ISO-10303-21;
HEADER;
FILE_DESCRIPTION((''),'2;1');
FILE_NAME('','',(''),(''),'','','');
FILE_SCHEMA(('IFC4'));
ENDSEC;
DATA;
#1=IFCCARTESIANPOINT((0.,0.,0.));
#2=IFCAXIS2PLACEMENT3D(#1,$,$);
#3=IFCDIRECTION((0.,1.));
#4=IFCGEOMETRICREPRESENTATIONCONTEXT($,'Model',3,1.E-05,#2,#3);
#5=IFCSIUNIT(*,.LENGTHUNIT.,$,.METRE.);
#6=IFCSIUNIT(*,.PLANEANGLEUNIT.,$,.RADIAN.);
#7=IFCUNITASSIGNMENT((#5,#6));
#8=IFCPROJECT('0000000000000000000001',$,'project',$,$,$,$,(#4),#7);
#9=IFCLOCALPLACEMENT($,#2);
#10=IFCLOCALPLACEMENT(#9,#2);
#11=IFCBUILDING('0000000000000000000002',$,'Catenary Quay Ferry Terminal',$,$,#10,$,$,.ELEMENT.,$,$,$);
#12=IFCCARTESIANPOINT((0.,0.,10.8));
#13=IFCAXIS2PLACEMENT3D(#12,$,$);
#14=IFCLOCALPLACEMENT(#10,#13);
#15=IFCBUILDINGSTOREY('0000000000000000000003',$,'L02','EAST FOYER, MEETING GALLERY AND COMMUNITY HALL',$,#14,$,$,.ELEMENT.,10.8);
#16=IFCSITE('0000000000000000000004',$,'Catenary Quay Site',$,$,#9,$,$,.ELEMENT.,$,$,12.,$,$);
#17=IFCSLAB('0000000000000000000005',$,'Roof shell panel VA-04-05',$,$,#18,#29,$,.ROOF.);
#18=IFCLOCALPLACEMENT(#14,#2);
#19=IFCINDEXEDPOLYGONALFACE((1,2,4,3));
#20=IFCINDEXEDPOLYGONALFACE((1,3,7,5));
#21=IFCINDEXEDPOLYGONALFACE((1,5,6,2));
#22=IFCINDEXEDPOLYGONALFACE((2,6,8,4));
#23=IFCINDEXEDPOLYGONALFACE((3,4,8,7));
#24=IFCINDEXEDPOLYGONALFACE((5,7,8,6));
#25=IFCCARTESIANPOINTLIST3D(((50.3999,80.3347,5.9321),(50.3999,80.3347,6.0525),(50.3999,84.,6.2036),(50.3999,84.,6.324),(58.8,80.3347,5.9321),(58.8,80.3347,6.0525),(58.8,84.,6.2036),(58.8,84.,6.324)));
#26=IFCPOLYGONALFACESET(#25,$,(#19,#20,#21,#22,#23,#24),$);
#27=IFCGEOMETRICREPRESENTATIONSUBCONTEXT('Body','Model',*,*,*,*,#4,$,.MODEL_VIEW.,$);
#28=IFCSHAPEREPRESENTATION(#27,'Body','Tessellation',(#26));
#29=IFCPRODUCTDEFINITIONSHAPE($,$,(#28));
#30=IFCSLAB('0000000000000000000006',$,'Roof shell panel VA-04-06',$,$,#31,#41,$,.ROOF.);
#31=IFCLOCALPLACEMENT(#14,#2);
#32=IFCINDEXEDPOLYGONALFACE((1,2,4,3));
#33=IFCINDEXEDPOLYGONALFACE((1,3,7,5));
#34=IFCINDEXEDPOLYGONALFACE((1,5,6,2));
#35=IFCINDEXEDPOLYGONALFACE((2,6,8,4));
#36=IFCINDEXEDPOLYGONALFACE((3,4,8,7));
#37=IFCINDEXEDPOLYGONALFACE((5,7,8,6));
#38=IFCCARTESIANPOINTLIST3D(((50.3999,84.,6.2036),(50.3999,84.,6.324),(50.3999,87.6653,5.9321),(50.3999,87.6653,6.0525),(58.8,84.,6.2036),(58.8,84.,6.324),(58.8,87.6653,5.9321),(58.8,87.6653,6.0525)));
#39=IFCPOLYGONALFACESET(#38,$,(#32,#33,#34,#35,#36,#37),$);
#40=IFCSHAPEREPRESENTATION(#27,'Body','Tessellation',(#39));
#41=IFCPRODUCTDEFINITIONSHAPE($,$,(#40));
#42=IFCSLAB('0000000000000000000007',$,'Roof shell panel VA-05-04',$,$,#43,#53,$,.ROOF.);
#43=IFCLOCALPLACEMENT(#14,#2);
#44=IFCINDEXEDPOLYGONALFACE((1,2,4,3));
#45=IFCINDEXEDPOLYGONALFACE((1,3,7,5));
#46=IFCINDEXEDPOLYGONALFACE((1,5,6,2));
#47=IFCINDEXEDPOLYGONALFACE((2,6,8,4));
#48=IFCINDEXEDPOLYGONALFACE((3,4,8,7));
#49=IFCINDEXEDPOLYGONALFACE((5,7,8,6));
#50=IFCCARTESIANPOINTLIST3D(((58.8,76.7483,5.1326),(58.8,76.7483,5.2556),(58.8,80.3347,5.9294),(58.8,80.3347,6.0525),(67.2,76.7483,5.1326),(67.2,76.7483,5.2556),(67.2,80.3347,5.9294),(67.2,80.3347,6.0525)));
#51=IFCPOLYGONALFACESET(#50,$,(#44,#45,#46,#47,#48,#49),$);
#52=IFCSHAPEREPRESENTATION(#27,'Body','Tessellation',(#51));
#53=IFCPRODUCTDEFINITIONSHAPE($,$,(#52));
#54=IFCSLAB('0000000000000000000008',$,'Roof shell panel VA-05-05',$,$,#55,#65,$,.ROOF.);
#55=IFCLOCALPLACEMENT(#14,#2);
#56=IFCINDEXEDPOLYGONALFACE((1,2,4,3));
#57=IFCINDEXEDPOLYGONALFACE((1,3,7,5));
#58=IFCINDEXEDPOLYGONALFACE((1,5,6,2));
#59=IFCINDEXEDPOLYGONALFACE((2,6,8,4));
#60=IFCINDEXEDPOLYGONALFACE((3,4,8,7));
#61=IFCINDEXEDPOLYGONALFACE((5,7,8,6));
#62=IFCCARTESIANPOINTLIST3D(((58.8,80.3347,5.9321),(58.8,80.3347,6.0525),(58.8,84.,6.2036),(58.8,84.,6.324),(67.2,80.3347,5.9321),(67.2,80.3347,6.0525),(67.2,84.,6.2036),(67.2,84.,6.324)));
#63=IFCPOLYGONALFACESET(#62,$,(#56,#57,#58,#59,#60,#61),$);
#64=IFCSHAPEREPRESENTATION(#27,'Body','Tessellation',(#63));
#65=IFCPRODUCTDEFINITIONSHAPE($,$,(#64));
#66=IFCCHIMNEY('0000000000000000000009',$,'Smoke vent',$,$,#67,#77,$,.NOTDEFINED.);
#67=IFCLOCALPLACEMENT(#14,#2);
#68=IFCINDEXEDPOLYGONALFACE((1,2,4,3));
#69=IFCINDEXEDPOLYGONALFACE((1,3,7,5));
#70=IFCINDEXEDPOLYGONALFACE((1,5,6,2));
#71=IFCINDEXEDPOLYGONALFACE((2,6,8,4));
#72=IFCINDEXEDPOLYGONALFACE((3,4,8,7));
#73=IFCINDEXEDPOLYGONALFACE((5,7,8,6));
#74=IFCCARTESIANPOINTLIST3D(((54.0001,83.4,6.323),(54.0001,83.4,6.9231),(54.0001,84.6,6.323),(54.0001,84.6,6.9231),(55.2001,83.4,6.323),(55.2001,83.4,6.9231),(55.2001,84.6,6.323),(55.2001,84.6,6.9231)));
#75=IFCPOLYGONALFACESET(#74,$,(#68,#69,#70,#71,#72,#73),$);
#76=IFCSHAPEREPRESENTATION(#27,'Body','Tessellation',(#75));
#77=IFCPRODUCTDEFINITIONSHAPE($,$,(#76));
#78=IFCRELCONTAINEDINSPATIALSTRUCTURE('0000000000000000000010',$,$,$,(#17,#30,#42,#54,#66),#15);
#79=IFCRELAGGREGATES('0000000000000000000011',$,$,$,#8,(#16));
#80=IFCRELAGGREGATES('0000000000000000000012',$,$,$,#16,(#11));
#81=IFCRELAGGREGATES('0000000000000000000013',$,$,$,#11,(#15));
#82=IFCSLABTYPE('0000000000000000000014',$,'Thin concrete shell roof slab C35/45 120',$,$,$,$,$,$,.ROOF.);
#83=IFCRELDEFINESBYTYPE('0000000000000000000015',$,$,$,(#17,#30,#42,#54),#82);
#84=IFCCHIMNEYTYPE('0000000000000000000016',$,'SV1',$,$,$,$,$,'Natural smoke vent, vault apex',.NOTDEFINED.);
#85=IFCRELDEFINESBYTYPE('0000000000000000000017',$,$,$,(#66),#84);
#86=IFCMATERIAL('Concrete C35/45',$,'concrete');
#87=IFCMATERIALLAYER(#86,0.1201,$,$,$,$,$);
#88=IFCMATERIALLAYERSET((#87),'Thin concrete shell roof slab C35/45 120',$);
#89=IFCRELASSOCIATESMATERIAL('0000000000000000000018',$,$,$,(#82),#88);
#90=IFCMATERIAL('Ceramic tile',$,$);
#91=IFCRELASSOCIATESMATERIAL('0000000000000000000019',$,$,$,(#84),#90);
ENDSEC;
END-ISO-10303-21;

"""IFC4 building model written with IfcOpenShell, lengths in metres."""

from ifc_helpers import new_model, si_unit, direction, frame, origin, origin_2d, place, context, subcontext, project, spatial, polyline, rectangle, outline, extrude, material, layer, layer_set, type_object, element, save


model = new_model("IFC4")

# Units and contexts
model_context = context("Model", 3, precision=1e-05, world=origin(), true_north=direction((0.0, 1.0)))
body_context = subcontext(model_context, "Body", "Model", "MODEL_VIEW")
ifc_project = project(units=[si_unit("LENGTHUNIT", "METRE"), si_unit("PLANEANGLEUNIT", "RADIAN")], contexts=[model_context])

# Site, building, storey
site_placement = place(None, origin())
site = spatial("IfcSite", under=ifc_project, at=site_placement, Name="Catenary Quay Site", CompositionType="ELEMENT", RefElevation=12.0)
building_placement = place(site_placement, origin())
building = spatial("IfcBuilding", under=site, at=building_placement, Name="Catenary Quay Ferry Terminal", CompositionType="ELEMENT")
storey_placement = place(building_placement, frame((0.0, 0.0, 10.8)))
storey = spatial("IfcBuildingStorey", under=building, at=storey_placement, Name="L02", Description="EAST FOYER, MEETING GALLERY AND COMMUNITY HALL", CompositionType="ELEMENT", Elevation=10.8)

# Slabs
ifc_material_1 = material(Name="Concrete C35/45", Category="concrete")
ifc_layer_1 = layer(ifc_material_1, 0.1201)
ifc_layer_set_1 = layer_set([ifc_layer_1], Name="Thin concrete shell roof slab C35/45 120")
slab_type = type_object("IfcSlabType", Name="Thin concrete shell roof slab C35/45 120", PredefinedType="ROOF", material=ifc_layer_set_1)
slab_1_placement = place(storey_placement, frame((50.3999, 80.3347, 6.0525), z_axis=(0.0, -0.073867, 0.997268), x_axis=(1.0, 0.0, 0.0)))
element("IfcSlab", 1, at=slab_1_placement, inside=storey, type_object=slab_type, Name="Roof shell panel VA-04-05", PredefinedType="ROOF", context=body_context, shape_type="SweptSolid", body=[
    extrude(outline(polyline([(0.0, 0.0), (8.4001, 0.0), (8.4001, 3.6753), (0.0, 3.6753), (0.0, 0.0)])), origin(), (0.0, -0.073867, -0.997268), 0.1204),
])
slab_2_placement = place(storey_placement, frame((50.3999, 84.0, 6.324), z_axis=(0.0, 0.073867, 0.997268), x_axis=(1.0, 0.0, 0.0)))
element("IfcSlab", 2, at=slab_2_placement, inside=storey, type_object=slab_type, Name="Roof shell panel VA-04-06", PredefinedType="ROOF", context=body_context, shape_type="SweptSolid", body=[
    extrude(outline(polyline([(0.0, 0.0), (8.4001, 0.0), (8.4001, 3.6753), (0.0, 3.6753), (0.0, 0.0)])), origin(), (0.0, 0.073867, -0.997268), 0.1204),
])
slab_3_placement = place(storey_placement, frame((58.8, 76.7483, 5.2556), z_axis=(0.0, -0.216902, 0.976193), x_axis=(1.0, 0.0, 0.0)))
element("IfcSlab", 3, at=slab_3_placement, inside=storey, type_object=slab_type, Name="Roof shell panel VA-05-04", PredefinedType="ROOF", context=body_context, shape_type="SweptSolid", body=[
    extrude(outline(polyline([(0.0, 0.0), (8.3999, 0.0), (8.3999, 3.6739), (0.0, 3.6739), (0.0, 0.0)])), origin(), (0.0, -0.216902, -0.976193), 0.123),
])
slab_4_placement = place(storey_placement, frame((58.8, 80.3347, 6.0525), z_axis=(0.0, -0.073867, 0.997268), x_axis=(1.0, 0.0, 0.0)))
element("IfcSlab", 4, at=slab_4_placement, inside=storey, type_object=slab_type, Name="Roof shell panel VA-05-05", PredefinedType="ROOF", context=body_context, shape_type="SweptSolid", body=[
    extrude(outline(polyline([(0.0, 0.0), (8.3999, 0.0), (8.3999, 3.6753), (0.0, 3.6753), (0.0, 0.0)])), origin(), (0.0, -0.073867, -0.997268), 0.1204),
])

# Chimney
ifc_material_2 = material(Name="Ceramic tile")
chimney_type = type_object("IfcChimneyType", Name="SV1", ElementType="Natural smoke vent, vault apex", PredefinedType="NOTDEFINED", material=ifc_material_2)
chimney_placement = place(storey_placement, frame((54.6001, 84.0, 6.323), z_axis=(0.0, 0.0, 1.0), x_axis=(1.0, 0.0, 0.0)))
element("IfcChimney", 5, at=chimney_placement, inside=storey, type_object=chimney_type, Name="Smoke vent", PredefinedType="NOTDEFINED", context=body_context, shape_type="SweptSolid", body=[
    extrude(rectangle(XDim=1.2, YDim=1.2, at=origin_2d()), origin(), (0.0, 0.0, 1.0), 0.6001),
])

save(model, "model.ifc")
